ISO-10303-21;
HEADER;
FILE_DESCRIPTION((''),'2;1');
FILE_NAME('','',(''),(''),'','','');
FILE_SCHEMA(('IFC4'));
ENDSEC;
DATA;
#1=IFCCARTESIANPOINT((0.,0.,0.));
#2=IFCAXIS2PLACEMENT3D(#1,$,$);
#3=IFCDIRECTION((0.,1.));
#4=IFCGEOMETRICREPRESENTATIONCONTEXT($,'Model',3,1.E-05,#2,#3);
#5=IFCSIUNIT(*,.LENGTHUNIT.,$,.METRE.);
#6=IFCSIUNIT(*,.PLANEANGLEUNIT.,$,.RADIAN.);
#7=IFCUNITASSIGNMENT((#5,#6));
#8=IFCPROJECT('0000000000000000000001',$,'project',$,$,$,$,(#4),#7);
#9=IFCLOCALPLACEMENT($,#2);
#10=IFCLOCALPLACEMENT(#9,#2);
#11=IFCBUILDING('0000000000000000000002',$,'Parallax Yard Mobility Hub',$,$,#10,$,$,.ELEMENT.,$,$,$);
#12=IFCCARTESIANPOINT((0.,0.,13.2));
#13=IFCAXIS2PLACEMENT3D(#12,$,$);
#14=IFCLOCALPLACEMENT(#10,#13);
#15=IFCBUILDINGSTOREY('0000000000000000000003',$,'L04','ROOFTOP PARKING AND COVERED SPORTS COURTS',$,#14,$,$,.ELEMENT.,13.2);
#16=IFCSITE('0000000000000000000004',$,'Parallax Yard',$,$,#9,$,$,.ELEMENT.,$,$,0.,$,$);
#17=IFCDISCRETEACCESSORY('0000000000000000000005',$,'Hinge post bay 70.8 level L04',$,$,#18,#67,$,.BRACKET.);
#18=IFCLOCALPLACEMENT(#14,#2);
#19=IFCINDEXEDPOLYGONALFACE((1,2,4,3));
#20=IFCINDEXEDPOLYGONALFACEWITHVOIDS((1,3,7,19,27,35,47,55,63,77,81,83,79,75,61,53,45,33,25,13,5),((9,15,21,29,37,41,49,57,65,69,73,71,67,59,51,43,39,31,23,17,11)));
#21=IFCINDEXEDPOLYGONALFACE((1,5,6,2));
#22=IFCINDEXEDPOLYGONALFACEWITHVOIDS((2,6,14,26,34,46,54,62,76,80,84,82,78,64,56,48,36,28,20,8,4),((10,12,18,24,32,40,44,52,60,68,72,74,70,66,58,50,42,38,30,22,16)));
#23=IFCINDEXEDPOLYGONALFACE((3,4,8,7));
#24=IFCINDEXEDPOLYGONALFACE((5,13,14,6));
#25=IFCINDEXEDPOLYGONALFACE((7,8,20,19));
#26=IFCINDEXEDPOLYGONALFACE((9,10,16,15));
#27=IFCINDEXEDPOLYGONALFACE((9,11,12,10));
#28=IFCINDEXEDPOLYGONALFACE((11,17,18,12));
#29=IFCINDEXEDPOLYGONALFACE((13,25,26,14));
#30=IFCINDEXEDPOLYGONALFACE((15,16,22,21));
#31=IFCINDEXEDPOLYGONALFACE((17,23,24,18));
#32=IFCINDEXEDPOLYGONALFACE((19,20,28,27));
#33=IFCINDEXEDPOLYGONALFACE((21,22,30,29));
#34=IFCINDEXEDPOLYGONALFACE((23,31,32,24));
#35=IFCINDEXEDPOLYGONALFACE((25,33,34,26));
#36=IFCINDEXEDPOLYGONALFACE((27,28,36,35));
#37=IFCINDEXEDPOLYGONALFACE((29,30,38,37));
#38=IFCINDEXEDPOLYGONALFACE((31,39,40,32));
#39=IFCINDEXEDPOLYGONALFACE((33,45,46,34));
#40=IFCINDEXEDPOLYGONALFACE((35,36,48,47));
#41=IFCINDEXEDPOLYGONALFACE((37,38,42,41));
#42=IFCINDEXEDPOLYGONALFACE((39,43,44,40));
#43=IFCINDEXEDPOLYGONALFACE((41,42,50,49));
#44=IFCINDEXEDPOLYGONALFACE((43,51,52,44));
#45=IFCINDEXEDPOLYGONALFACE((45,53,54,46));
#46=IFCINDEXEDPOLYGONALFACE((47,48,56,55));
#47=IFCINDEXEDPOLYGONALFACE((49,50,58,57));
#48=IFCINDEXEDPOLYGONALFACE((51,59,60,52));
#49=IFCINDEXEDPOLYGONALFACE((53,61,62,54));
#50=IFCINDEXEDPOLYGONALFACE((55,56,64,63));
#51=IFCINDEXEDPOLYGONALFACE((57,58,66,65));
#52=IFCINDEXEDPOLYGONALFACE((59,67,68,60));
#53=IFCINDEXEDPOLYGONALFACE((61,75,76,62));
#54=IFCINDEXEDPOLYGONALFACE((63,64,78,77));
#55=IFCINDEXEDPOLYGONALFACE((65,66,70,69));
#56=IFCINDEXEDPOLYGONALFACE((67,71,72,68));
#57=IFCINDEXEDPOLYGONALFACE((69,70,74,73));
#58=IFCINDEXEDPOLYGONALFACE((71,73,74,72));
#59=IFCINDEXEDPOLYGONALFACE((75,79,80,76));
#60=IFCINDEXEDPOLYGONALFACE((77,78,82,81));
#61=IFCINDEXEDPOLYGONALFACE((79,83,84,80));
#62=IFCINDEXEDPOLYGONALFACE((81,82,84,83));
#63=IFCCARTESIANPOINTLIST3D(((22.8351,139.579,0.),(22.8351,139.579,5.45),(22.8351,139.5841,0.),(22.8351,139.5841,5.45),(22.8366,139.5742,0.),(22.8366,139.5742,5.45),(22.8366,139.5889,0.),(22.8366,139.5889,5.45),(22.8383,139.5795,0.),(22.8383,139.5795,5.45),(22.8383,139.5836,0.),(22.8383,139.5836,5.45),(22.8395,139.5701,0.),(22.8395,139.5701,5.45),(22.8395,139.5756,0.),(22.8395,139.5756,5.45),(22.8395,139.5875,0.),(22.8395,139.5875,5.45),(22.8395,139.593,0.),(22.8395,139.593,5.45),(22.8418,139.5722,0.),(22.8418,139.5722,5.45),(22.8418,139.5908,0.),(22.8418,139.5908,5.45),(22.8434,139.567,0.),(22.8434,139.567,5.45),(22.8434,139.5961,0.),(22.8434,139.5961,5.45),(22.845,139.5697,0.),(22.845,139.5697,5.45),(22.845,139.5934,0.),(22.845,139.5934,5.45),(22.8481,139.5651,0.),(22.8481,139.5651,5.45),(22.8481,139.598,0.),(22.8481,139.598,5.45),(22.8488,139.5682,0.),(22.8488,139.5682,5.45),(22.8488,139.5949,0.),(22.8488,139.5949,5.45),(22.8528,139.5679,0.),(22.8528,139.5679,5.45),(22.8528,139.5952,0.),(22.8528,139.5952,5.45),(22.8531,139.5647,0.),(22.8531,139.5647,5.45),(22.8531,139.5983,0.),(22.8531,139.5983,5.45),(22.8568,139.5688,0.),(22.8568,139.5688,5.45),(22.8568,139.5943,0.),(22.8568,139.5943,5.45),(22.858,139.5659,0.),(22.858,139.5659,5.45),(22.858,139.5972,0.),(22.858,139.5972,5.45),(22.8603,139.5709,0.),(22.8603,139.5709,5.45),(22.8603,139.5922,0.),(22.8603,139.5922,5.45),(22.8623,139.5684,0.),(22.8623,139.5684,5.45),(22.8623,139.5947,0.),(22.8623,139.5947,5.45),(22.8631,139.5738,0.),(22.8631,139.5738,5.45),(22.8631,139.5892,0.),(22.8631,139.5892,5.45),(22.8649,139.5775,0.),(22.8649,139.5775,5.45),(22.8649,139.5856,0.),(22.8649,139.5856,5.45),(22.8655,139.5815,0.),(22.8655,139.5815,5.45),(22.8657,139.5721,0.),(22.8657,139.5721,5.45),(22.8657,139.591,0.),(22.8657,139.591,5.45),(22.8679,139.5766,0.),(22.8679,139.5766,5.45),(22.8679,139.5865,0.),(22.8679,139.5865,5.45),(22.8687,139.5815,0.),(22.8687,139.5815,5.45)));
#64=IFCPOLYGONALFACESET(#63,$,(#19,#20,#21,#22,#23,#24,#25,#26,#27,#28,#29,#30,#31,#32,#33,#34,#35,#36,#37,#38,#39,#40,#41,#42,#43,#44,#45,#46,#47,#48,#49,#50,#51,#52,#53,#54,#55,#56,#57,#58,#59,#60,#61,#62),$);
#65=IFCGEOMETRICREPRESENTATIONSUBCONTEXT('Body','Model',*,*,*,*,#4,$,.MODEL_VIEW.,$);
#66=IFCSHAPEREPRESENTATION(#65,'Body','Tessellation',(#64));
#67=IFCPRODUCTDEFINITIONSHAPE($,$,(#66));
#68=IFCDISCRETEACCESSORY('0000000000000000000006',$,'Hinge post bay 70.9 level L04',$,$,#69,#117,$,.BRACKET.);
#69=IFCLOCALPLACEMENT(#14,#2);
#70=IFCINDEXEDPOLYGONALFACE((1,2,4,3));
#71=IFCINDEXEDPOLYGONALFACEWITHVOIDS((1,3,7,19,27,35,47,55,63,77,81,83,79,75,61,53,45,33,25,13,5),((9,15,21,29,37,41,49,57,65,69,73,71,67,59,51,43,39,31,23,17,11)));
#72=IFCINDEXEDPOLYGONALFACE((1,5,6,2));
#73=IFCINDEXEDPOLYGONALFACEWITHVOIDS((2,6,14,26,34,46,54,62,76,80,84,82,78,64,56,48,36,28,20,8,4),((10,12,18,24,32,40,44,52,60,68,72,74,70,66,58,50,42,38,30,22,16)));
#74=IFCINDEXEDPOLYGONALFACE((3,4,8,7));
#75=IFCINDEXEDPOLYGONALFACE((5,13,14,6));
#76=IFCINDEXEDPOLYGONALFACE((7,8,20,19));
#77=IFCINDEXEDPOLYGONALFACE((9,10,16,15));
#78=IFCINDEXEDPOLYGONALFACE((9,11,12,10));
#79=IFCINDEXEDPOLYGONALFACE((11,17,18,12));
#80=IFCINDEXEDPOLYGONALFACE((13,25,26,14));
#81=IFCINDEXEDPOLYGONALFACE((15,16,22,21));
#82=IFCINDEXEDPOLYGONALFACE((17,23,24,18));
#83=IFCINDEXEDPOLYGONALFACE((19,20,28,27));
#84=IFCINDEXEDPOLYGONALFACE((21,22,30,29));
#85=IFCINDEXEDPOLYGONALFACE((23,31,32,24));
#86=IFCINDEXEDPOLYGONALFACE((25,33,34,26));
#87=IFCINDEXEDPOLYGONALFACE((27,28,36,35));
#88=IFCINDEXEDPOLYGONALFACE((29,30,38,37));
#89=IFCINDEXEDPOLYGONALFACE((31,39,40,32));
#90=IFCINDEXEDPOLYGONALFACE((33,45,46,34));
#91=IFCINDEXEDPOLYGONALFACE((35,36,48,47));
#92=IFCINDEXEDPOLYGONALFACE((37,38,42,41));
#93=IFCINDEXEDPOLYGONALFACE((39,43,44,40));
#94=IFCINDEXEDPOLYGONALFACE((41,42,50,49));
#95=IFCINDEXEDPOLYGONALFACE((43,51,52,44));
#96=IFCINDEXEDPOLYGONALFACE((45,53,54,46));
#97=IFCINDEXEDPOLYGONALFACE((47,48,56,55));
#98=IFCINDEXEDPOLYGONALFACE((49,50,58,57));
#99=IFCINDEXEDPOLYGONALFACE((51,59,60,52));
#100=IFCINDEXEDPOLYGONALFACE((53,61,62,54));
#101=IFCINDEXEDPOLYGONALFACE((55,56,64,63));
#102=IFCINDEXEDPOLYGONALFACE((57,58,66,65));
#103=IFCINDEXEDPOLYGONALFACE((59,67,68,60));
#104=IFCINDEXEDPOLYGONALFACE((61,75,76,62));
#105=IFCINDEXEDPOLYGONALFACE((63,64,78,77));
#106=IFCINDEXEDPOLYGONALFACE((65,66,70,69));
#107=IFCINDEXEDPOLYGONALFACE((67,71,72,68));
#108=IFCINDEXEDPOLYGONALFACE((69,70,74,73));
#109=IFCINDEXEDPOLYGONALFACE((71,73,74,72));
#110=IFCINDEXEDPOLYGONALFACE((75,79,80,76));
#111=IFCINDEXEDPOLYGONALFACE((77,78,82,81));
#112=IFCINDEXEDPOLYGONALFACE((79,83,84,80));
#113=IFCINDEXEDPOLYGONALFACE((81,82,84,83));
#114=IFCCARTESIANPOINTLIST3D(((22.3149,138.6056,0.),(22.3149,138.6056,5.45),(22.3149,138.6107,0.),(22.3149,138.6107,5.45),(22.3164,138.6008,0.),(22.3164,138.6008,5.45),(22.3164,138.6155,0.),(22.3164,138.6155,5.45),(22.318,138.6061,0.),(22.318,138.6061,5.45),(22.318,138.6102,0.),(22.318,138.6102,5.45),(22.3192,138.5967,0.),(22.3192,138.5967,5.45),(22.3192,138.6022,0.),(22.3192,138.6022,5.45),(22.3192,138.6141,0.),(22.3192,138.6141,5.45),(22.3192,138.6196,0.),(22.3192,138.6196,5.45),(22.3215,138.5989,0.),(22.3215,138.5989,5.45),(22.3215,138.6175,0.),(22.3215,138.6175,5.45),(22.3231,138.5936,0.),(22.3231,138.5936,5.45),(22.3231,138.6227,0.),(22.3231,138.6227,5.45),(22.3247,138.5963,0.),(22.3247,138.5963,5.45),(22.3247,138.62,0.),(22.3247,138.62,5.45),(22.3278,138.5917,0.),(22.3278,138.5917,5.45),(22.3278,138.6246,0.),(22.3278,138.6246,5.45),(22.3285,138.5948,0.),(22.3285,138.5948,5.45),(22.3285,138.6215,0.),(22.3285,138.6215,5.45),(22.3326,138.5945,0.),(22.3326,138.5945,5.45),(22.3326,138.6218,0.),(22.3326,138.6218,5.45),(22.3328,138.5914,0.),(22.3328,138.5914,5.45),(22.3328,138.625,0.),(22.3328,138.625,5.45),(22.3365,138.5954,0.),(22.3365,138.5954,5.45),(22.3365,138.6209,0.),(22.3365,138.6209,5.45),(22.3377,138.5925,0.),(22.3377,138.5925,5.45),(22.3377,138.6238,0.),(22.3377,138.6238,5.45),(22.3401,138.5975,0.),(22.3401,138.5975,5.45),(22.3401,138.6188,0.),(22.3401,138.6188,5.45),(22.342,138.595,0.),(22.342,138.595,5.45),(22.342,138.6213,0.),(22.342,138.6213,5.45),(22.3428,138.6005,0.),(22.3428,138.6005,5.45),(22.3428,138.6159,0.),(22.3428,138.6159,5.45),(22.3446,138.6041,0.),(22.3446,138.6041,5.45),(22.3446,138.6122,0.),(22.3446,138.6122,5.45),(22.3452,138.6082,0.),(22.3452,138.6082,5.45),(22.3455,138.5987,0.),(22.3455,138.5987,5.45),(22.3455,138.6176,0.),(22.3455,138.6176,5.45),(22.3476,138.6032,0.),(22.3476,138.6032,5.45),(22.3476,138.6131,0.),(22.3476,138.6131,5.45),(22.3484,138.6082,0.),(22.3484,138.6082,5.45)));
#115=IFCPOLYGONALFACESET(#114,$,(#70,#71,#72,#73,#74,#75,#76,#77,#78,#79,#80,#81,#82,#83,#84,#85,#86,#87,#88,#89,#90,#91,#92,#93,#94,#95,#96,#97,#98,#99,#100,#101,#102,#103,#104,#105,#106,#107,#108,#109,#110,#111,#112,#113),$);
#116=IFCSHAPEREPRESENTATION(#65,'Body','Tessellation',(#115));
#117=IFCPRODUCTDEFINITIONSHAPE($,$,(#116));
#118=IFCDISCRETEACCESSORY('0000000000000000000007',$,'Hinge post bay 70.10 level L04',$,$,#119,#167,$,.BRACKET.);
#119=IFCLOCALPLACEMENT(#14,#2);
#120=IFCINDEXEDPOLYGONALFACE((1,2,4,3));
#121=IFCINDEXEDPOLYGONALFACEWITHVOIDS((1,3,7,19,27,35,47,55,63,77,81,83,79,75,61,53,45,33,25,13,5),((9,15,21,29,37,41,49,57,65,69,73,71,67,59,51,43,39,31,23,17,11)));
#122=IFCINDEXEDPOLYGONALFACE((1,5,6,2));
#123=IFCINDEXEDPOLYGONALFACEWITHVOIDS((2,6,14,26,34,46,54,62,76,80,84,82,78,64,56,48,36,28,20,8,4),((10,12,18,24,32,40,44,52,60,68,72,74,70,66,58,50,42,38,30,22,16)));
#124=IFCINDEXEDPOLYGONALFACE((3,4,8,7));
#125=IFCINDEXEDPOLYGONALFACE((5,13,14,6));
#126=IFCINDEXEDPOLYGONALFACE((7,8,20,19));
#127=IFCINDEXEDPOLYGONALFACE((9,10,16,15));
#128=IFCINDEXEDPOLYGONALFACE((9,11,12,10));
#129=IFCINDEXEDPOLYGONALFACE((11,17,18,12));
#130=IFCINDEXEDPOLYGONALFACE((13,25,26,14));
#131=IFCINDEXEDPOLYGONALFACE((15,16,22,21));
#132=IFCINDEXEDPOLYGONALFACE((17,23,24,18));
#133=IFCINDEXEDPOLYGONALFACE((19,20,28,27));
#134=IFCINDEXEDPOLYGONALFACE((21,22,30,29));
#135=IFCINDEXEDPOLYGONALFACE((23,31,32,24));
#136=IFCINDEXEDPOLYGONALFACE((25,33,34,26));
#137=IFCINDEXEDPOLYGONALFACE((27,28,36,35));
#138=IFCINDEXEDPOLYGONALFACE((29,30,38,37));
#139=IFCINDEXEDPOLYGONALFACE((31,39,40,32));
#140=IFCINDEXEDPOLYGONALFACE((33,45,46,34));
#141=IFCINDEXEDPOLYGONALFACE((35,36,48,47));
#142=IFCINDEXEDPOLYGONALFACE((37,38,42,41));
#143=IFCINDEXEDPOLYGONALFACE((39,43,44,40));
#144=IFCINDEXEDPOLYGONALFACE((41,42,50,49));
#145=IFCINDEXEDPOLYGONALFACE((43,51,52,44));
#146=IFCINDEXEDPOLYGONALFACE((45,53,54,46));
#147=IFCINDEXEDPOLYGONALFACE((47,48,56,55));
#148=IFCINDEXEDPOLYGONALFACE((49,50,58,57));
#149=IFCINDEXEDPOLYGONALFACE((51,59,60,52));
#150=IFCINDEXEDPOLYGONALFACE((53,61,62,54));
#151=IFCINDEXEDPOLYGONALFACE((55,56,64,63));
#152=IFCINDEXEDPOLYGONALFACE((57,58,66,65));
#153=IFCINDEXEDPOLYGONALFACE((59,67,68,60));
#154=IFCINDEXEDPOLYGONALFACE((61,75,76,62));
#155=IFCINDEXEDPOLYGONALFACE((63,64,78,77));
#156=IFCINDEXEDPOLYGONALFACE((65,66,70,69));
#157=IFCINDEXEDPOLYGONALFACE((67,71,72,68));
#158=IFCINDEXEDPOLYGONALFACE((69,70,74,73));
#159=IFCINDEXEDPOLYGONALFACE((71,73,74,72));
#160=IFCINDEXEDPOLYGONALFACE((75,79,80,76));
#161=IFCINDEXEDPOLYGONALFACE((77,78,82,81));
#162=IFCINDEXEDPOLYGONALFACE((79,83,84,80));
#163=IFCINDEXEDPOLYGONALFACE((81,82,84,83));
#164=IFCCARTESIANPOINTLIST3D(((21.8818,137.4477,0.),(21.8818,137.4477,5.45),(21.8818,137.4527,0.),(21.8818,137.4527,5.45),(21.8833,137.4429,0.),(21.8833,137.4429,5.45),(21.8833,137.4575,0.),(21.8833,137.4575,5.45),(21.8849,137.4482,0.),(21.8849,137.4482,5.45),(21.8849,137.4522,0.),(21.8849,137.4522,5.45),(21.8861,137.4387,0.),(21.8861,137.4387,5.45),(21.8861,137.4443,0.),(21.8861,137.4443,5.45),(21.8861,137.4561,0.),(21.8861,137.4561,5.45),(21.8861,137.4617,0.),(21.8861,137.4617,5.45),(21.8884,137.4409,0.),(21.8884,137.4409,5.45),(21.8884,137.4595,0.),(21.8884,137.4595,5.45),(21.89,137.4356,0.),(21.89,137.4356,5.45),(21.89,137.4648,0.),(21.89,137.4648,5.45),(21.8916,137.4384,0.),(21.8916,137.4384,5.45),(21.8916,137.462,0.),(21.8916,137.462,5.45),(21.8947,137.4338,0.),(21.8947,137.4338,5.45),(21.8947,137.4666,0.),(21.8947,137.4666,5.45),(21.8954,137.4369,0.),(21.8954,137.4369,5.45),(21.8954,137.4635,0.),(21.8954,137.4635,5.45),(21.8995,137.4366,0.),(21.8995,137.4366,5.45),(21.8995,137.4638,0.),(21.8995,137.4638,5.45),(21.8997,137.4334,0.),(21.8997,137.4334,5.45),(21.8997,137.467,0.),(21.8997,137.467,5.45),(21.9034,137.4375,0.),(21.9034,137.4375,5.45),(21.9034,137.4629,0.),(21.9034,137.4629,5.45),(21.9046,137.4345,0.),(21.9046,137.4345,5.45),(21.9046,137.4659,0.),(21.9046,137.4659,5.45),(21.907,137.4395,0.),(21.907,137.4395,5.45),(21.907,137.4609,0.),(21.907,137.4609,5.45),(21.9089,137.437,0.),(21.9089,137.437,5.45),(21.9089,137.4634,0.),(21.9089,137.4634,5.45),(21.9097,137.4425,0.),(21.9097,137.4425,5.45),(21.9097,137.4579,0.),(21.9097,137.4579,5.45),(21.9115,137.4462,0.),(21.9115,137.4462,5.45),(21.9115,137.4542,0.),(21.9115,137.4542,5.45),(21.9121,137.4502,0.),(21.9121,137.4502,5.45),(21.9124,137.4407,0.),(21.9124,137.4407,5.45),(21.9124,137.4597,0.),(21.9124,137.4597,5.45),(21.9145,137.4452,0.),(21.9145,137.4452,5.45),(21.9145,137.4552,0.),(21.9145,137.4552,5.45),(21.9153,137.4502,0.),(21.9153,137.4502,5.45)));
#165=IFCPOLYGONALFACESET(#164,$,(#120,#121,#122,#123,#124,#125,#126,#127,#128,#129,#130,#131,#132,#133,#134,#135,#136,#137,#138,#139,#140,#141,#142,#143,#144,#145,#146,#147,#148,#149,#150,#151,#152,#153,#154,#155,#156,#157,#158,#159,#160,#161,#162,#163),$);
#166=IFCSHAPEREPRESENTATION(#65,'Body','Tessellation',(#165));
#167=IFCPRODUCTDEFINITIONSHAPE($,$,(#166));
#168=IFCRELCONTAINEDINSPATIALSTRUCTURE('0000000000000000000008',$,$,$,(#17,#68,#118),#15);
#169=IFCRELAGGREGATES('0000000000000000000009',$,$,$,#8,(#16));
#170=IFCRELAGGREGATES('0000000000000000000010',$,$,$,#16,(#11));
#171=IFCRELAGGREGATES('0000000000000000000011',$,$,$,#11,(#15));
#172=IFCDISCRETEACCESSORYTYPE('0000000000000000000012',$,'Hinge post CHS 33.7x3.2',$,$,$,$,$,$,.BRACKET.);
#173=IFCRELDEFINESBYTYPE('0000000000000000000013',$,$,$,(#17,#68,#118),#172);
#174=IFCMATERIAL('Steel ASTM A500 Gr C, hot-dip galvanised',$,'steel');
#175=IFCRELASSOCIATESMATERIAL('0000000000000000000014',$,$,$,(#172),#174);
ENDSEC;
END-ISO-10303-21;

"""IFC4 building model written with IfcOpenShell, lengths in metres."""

from ifc_helpers import new_model, si_unit, direction, frame, origin, origin_2d, place, context, subcontext, project, spatial, hollow_circle, extrude, material, material_profile, profile_set, type_object, element, save


model = new_model("IFC4")

# Units and contexts
model_context = context("Model", 3, precision=1e-05, world=origin(), true_north=direction((0.0, 1.0)))
body_context = subcontext(model_context, "Body", "Model", "MODEL_VIEW")
ifc_project = project(units=[si_unit("LENGTHUNIT", "METRE"), si_unit("PLANEANGLEUNIT", "RADIAN")], contexts=[model_context])

# Site, building, storey
site_placement = place(None, origin())
site = spatial("IfcSite", under=ifc_project, at=site_placement, Name="Parallax Yard", CompositionType="ELEMENT", RefElevation=0.0)
building_placement = place(site_placement, origin())
building = spatial("IfcBuilding", under=site, at=building_placement, Name="Parallax Yard Mobility Hub", CompositionType="ELEMENT")
storey_placement = place(building_placement, frame((0.0, 0.0, 13.2)))
storey = spatial("IfcBuildingStorey", under=building, at=storey_placement, Name="L04", Description="ROOFTOP PARKING AND COVERED SPORTS COURTS", CompositionType="ELEMENT", Elevation=13.2)

# Discrete accessories
ifc_material_1 = material(Name="Steel ASTM A500 Gr C, hot-dip galvanised", Category="steel")
ifc_material_profile_1 = material_profile(ifc_material_1, hollow_circle(Radius=0.0168, WallThickness=0.0032, at=origin_2d()), Name="CHS 33.7x3.2")
ifc_profile_set_1 = profile_set([ifc_material_profile_1], Name="Steel ASTM A500 Gr C, hot-dip galvanised")
discrete_accessory_type_1 = type_object("IfcDiscreteAccessoryType", Name="Hinge post CHS 33.7x3.2", PredefinedType="BRACKET", material=ifc_profile_set_1)
for number, where, z_axis, x_axis, name in (
    (1, (22.8518, 139.5815, 0.0), (0.0, 0.0, 1.0), (1.0, 0.0, 0.0), "Hinge post bay 70.8 level L04"),
    (2, (22.3315, 138.6082, 0.0), (0.0, 0.0, 1.0), (1.0, 0.0, 0.0), "Hinge post bay 70.9 level L04"),
    (3, (21.8984, 137.4502, 0.0), (0.0, 0.0, 1.0), (1.0, 0.0, 0.0), "Hinge post bay 70.10 level L04"),
):
    element("IfcDiscreteAccessory", number, at=place(storey_placement, frame(where, z_axis=z_axis, x_axis=x_axis)), inside=storey, type_object=discrete_accessory_type_1, Name=name, PredefinedType="BRACKET", context=body_context, shape_type="SweptSolid", body=[
        extrude(hollow_circle(Radius=0.0168, WallThickness=0.0032, at=origin_2d()), origin(), (0.0, 0.0, 1.0), 5.45),
    ])

save(model, "model.ifc")
